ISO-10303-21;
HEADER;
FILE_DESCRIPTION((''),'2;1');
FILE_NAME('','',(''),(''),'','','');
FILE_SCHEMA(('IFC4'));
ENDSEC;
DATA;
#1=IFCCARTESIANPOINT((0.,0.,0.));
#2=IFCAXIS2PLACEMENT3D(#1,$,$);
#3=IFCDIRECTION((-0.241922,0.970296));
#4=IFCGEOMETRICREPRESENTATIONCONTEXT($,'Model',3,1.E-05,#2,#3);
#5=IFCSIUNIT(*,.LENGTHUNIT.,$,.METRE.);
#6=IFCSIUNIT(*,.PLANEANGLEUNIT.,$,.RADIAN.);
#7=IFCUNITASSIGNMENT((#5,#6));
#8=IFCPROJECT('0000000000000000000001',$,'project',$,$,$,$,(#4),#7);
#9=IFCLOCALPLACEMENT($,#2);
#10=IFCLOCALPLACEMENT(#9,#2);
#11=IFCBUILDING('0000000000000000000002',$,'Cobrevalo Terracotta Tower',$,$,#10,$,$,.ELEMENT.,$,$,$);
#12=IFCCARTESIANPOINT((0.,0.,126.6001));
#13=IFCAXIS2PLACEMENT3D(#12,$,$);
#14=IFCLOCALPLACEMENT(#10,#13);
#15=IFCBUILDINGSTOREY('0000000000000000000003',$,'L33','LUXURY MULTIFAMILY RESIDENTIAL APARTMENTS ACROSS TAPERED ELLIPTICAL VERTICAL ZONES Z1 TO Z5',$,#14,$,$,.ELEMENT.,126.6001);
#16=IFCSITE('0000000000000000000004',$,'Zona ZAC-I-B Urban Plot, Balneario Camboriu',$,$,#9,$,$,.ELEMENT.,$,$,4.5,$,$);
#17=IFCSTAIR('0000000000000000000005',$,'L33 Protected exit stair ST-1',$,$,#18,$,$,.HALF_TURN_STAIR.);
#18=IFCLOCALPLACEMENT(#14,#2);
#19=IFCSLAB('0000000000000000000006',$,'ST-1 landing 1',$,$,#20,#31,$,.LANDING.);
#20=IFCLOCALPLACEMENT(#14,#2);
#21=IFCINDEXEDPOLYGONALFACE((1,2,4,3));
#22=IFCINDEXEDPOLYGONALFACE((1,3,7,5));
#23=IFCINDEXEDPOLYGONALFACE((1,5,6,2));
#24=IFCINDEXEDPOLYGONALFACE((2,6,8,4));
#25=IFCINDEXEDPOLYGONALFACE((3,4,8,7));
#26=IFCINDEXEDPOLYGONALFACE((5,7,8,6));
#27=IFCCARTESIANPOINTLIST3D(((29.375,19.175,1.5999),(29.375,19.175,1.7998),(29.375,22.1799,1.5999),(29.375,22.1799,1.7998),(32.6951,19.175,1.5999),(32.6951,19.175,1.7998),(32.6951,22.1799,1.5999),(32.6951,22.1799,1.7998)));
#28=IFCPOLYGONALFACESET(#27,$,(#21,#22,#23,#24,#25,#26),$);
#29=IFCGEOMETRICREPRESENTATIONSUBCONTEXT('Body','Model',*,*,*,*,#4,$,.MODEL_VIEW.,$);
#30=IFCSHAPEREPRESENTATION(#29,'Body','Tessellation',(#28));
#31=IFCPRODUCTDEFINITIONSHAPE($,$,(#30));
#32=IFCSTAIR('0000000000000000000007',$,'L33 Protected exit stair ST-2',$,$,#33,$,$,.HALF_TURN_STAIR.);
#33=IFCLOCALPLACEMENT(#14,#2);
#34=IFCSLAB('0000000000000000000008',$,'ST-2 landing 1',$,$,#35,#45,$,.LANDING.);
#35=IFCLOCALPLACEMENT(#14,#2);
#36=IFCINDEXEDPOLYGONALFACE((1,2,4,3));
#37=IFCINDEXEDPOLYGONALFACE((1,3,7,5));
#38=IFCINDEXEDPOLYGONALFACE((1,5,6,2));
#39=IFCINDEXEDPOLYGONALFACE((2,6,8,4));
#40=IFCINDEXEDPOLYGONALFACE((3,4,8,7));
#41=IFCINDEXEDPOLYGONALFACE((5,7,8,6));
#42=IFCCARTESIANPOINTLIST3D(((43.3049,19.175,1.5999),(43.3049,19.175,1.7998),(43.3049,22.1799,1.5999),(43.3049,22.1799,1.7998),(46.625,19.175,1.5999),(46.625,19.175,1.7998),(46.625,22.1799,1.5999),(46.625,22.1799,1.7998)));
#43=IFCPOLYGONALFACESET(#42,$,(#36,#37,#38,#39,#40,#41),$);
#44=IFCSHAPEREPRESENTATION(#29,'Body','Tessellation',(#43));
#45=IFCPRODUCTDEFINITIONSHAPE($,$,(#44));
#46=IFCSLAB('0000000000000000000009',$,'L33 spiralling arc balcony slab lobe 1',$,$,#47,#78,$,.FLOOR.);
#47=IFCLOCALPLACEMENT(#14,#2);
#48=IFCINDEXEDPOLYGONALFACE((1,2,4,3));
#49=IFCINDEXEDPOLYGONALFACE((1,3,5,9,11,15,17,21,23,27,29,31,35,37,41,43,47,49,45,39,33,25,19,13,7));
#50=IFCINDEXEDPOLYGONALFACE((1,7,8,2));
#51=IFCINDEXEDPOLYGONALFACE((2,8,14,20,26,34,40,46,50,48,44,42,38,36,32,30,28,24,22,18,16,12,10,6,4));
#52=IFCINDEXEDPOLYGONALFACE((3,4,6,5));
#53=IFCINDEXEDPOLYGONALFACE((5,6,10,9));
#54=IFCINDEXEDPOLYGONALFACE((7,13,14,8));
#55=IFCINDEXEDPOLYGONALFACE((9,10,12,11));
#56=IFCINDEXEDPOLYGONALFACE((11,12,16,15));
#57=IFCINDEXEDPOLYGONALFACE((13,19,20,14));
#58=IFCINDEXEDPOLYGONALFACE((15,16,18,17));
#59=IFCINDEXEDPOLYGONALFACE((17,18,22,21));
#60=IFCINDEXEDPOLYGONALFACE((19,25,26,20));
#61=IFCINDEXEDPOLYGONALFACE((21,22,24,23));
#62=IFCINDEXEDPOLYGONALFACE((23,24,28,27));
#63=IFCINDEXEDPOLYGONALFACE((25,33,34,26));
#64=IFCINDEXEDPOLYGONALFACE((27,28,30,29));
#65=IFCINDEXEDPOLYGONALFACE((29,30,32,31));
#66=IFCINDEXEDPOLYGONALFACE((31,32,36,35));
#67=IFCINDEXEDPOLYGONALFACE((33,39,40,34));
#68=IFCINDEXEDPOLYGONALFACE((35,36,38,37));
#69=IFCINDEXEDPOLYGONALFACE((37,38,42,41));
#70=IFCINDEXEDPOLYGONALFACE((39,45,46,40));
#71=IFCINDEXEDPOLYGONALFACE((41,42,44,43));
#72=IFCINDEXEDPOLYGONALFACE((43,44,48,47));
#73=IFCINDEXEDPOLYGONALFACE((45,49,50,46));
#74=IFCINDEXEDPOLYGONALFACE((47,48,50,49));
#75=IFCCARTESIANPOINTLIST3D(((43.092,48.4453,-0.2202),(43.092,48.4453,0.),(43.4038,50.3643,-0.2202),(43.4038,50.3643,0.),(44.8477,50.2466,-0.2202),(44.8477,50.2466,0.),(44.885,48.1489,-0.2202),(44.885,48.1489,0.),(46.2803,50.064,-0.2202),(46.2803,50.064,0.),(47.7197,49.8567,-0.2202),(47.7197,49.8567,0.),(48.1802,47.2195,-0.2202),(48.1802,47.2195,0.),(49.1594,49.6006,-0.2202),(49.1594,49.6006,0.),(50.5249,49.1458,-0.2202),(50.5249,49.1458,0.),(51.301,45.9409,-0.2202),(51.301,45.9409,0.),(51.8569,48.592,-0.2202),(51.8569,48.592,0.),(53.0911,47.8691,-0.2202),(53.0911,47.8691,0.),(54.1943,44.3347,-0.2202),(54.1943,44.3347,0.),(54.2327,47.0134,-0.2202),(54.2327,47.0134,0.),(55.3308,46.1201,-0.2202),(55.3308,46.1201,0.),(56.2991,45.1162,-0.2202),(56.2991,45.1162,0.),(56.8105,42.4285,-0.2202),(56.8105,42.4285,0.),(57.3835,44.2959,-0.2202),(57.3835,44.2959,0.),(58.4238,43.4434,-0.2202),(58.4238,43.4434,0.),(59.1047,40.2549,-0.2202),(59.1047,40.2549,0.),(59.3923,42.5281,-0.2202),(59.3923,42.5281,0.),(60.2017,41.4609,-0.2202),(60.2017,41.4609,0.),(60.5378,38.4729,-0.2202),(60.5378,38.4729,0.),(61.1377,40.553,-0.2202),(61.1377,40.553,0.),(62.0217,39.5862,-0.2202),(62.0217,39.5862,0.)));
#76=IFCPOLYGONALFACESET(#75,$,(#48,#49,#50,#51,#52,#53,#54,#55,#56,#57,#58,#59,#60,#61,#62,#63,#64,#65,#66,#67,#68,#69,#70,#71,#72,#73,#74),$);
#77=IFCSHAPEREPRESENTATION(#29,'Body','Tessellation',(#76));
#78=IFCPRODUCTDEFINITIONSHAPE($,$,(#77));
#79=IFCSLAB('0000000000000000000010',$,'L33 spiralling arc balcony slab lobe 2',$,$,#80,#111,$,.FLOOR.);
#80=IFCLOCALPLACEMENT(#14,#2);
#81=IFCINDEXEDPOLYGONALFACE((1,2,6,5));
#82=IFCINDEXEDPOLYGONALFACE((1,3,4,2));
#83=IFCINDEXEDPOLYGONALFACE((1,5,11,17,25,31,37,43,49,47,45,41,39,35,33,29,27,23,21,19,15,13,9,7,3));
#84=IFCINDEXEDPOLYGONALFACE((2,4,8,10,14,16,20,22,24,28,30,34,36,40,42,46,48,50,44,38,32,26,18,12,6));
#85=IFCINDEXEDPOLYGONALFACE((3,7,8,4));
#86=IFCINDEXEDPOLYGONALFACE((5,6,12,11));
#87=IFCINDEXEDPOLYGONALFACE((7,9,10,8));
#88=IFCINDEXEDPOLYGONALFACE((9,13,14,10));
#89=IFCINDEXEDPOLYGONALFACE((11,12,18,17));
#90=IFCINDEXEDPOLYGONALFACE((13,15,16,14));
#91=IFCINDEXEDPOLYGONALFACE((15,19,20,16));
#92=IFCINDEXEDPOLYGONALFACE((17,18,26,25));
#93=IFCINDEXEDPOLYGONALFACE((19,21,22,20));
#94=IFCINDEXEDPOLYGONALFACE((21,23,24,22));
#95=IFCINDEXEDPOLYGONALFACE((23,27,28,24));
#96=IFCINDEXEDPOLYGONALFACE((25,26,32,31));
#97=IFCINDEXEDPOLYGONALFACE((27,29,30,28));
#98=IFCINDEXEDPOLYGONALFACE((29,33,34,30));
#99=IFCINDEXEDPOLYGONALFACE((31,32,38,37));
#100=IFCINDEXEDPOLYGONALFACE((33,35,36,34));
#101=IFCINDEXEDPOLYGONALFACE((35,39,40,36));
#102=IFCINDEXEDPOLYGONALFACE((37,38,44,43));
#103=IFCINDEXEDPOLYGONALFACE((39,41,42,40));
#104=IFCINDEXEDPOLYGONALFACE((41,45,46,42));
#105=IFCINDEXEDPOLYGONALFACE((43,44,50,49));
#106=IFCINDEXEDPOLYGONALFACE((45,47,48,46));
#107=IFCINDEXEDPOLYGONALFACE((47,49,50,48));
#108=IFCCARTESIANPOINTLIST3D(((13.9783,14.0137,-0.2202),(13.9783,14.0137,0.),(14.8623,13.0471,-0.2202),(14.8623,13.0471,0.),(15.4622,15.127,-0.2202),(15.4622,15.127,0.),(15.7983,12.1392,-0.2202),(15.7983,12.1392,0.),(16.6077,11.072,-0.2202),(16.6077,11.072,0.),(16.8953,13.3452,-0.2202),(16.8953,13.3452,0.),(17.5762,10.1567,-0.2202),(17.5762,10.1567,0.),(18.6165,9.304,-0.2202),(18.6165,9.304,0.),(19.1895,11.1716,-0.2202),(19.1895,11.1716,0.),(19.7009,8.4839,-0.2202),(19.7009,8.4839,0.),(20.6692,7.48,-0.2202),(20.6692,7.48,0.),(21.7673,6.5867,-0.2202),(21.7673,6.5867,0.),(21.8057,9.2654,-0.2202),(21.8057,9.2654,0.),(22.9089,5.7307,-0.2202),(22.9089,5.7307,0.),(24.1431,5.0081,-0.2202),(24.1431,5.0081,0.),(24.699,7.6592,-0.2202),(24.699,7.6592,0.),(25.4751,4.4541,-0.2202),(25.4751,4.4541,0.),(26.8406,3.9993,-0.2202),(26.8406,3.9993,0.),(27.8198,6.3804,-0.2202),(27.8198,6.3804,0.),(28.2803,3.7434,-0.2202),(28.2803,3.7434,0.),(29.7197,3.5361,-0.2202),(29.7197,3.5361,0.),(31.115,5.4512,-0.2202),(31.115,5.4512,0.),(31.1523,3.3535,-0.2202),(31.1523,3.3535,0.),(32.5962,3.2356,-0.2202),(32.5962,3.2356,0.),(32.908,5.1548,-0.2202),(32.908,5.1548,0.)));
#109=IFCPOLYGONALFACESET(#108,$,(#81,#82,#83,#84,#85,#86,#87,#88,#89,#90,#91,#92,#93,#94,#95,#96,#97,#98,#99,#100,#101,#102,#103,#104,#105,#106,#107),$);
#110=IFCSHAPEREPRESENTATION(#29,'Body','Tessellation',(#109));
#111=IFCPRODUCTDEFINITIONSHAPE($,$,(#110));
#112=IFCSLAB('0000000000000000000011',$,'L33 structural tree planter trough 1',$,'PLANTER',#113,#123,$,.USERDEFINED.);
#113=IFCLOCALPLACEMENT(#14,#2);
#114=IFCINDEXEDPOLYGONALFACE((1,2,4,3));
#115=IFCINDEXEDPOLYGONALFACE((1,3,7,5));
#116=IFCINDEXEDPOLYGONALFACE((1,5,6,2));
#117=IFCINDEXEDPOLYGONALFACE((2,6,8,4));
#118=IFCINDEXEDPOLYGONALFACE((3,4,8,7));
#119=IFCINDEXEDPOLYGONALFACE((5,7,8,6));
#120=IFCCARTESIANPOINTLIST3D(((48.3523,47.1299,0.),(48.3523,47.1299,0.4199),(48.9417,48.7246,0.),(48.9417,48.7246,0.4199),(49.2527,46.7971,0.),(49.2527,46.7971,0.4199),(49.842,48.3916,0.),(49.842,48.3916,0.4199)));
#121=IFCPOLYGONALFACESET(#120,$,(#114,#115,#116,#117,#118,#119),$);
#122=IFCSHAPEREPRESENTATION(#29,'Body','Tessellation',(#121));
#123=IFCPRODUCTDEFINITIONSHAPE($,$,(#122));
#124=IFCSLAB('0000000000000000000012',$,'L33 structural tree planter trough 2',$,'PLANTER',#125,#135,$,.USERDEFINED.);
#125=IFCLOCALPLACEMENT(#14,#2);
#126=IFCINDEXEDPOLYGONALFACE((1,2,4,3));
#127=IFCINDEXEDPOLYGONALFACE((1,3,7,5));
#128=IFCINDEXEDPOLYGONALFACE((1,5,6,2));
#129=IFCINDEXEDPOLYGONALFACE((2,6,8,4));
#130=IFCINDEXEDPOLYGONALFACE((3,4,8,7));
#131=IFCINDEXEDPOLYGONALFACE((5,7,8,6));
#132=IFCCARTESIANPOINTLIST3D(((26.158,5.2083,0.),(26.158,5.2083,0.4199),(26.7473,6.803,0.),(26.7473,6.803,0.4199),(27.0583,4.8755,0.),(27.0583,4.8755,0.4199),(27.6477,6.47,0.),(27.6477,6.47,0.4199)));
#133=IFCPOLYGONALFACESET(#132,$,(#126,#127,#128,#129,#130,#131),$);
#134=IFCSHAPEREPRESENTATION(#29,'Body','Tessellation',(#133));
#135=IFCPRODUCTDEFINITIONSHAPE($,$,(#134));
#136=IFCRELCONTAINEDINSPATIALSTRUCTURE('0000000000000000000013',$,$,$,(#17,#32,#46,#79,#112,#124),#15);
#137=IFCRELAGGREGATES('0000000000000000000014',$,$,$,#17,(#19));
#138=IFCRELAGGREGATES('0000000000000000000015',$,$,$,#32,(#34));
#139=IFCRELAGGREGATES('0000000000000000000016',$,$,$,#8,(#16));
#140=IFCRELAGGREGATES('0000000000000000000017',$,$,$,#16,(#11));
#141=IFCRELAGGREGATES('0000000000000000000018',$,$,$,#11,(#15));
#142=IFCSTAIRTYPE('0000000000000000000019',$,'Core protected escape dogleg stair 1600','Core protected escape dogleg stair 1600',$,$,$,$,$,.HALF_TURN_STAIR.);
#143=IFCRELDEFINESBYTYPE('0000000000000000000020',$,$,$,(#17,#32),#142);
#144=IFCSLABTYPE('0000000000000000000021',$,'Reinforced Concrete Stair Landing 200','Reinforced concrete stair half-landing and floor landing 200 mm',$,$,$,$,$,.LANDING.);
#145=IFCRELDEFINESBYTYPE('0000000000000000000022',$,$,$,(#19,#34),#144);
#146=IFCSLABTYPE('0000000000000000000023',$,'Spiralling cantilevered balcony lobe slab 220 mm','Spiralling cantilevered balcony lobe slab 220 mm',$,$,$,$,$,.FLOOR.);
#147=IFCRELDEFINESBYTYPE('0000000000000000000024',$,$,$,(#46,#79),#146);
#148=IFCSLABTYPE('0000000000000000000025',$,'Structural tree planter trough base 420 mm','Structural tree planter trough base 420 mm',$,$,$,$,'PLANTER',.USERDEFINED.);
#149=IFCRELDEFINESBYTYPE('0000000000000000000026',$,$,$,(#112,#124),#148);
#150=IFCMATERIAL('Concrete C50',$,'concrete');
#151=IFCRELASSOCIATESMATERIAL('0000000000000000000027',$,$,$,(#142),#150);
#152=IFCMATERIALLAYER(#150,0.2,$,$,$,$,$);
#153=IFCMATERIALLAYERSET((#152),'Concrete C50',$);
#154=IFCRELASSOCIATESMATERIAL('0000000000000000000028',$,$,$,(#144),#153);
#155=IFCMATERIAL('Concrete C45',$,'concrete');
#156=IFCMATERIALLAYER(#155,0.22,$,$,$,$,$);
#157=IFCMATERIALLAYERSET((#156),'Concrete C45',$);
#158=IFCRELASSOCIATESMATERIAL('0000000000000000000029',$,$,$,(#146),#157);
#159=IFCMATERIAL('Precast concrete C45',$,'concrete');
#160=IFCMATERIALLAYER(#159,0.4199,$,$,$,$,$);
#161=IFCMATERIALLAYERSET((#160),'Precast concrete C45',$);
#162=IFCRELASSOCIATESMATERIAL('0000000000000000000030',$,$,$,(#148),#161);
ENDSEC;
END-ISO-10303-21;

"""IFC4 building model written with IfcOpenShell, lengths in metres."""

from ifc_helpers import new_model, si_unit, direction, frame, origin, place, context, subcontext, project, spatial, polyline, outline, extrude, material, layer, layer_set, type_object, element, aggregate, save


model = new_model("IFC4")

# Units and contexts
model_context = context("Model", 3, precision=1e-05, world=origin(), true_north=direction((-0.241922, 0.970296)))
body_context = subcontext(model_context, "Body", "Model", "MODEL_VIEW")
ifc_project = project(units=[si_unit("LENGTHUNIT", "METRE"), si_unit("PLANEANGLEUNIT", "RADIAN")], contexts=[model_context])

# Site, building, storey
site_placement = place(None, origin())
site = spatial("IfcSite", under=ifc_project, at=site_placement, Name="Zona ZAC-I-B Urban Plot, Balneario Camboriu", CompositionType="ELEMENT", RefElevation=4.5)
building_placement = place(site_placement, origin())
building = spatial("IfcBuilding", under=site, at=building_placement, Name="Cobrevalo Terracotta Tower", CompositionType="ELEMENT")
storey_placement = place(building_placement, frame((0.0, 0.0, 126.6001)))
storey = spatial("IfcBuildingStorey", under=building, at=storey_placement, Name="L33", Description="LUXURY MULTIFAMILY RESIDENTIAL APARTMENTS ACROSS TAPERED ELLIPTICAL VERTICAL ZONES Z1 TO Z5", CompositionType="ELEMENT", Elevation=126.6001)

# Stairs, slabs
ifc_material_1 = material(Name="Concrete C50", Category="concrete")
stair_type = type_object("IfcStairType", Name="Core protected escape dogleg stair 1600", Description="Core protected escape dogleg stair 1600", PredefinedType="HALF_TURN_STAIR", material=ifc_material_1)
stair_1_placement = place(storey_placement, origin())
stair_1 = element("IfcStair", 1, at=stair_1_placement, inside=storey, type_object=stair_type, Name="L33 Protected exit stair ST-1", PredefinedType="HALF_TURN_STAIR")
ifc_layer_1 = layer(ifc_material_1, 0.2)
ifc_layer_set_1 = layer_set([ifc_layer_1], Name="Concrete C50")
slab_type_1 = type_object("IfcSlabType", Name="Reinforced Concrete Stair Landing 200", Description="Reinforced concrete stair half-landing and floor landing 200 mm", PredefinedType="LANDING", material=ifc_layer_set_1)
slab_1_placement = place(storey_placement, frame((0.0, 0.0, 1.5999)))
slab_1 = element("IfcSlab", 2, at=slab_1_placement, type_object=slab_type_1, Name="ST-1 landing 1", PredefinedType="LANDING", context=body_context, shape_type="SweptSolid", body=[
    extrude(outline(polyline([(29.375, 22.1799), (29.375, 19.175), (32.6951, 19.175), (32.6951, 22.1799), (29.375, 22.1799)])), origin(), (0.0, 0.0, 1.0), 0.2),
])
aggregate(stair_1, [slab_1])
stair_2_placement = place(storey_placement, origin())
stair_2 = element("IfcStair", 3, at=stair_2_placement, inside=storey, type_object=stair_type, Name="L33 Protected exit stair ST-2", PredefinedType="HALF_TURN_STAIR")
slab_2_placement = place(storey_placement, frame((0.0, 0.0, 1.5999)))
slab_2 = element("IfcSlab", 4, at=slab_2_placement, type_object=slab_type_1, Name="ST-2 landing 1", PredefinedType="LANDING", context=body_context, shape_type="SweptSolid", body=[
    extrude(outline(polyline([(43.3049, 22.1799), (43.3049, 19.175), (46.625, 19.175), (46.625, 22.1799), (43.3049, 22.1799)])), origin(), (0.0, 0.0, 1.0), 0.2),
])
aggregate(stair_2, [slab_2])

# Slabs
ifc_material_2 = material(Name="Concrete C45", Category="concrete")
ifc_layer_2 = layer(ifc_material_2, 0.22)
ifc_layer_set_2 = layer_set([ifc_layer_2], Name="Concrete C45")
slab_type_2 = type_object("IfcSlabType", Name="Spiralling cantilevered balcony lobe slab 220 mm", Description="Spiralling cantilevered balcony lobe slab 220 mm", PredefinedType="FLOOR", material=ifc_layer_set_2)
slab_3_placement = place(storey_placement, frame((0.0, 0.0, -0.2202)))
element("IfcSlab", 5, at=slab_3_placement, inside=storey, type_object=slab_type_2, Name="L33 spiralling arc balcony slab lobe 1", PredefinedType="FLOOR", context=body_context, shape_type="SweptSolid", body=[
    extrude(outline(polyline([(62.0217, 39.5862), (61.1377, 40.553), (60.2017, 41.4609), (59.3923, 42.5281), (58.4238, 43.4434), (57.3835, 44.2959), (56.2991, 45.1162), (55.3308, 46.1201), (54.2327, 47.0134), (53.0911, 47.8691), (51.8569, 48.592), (50.5249, 49.1458), (49.1594, 49.6006), (47.7197, 49.8567), (46.2803, 50.064), (44.8477, 50.2466), (43.4038, 50.3643), (43.092, 48.4453), (44.885, 48.1489), (48.1802, 47.2195), (51.301, 45.9409), (54.1943, 44.3347), (56.8105, 42.4285), (59.1047, 40.2549), (60.5378, 38.4729), (62.0217, 39.5862)])), origin(), (0.0, 0.0, 1.0), 0.2202),
])
slab_4_placement = place(storey_placement, frame((0.0, 0.0, -0.2202)))
element("IfcSlab", 6, at=slab_4_placement, inside=storey, type_object=slab_type_2, Name="L33 spiralling arc balcony slab lobe 2", PredefinedType="FLOOR", context=body_context, shape_type="SweptSolid", body=[
    extrude(outline(polyline([(13.9783, 14.0137), (14.8623, 13.0471), (15.7983, 12.1392), (16.6077, 11.072), (17.5762, 10.1567), (18.6165, 9.304), (19.7009, 8.4839), (20.6692, 7.48), (21.7673, 6.5867), (22.9089, 5.7307), (24.1431, 5.0081), (25.4751, 4.4541), (26.8406, 3.9993), (28.2803, 3.7434), (29.7197, 3.5361), (31.1523, 3.3535), (32.5962, 3.2356), (32.908, 5.1548), (31.115, 5.4512), (27.8198, 6.3804), (24.699, 7.6592), (21.8057, 9.2654), (19.1895, 11.1716), (16.8953, 13.3452), (15.4622, 15.127), (13.9783, 14.0137)])), origin(), (0.0, 0.0, 1.0), 0.2202),
])
ifc_material_3 = material(Name="Precast concrete C45", Category="concrete")
ifc_layer_3 = layer(ifc_material_3, 0.4199)
ifc_layer_set_3 = layer_set([ifc_layer_3], Name="Precast concrete C45")
slab_type_3 = type_object("IfcSlabType", Name="Structural tree planter trough base 420 mm", Description="Structural tree planter trough base 420 mm", ElementType="PLANTER", PredefinedType="USERDEFINED", material=ifc_layer_set_3)
slab_5_placement = place(storey_placement, origin())
element("IfcSlab", 7, at=slab_5_placement, inside=storey, type_object=slab_type_3, Name="L33 structural tree planter trough 1", ObjectType="PLANTER", PredefinedType="USERDEFINED", context=body_context, shape_type="SweptSolid", body=[
    extrude(outline(polyline([(49.2527, 46.7971), (49.842, 48.3916), (48.9417, 48.7246), (48.3523, 47.1299), (49.2527, 46.7971)])), origin(), (0.0, 0.0, 1.0), 0.4199),
])
slab_6_placement = place(storey_placement, origin())
element("IfcSlab", 8, at=slab_6_placement, inside=storey, type_object=slab_type_3, Name="L33 structural tree planter trough 2", ObjectType="PLANTER", PredefinedType="USERDEFINED", context=body_context, shape_type="SweptSolid", body=[
    extrude(outline(polyline([(26.7473, 6.803), (26.158, 5.2083), (27.0583, 4.8755), (27.6477, 6.47), (26.7473, 6.803)])), origin(), (0.0, 0.0, 1.0), 0.4199),
])

save(model, "model.ifc")
